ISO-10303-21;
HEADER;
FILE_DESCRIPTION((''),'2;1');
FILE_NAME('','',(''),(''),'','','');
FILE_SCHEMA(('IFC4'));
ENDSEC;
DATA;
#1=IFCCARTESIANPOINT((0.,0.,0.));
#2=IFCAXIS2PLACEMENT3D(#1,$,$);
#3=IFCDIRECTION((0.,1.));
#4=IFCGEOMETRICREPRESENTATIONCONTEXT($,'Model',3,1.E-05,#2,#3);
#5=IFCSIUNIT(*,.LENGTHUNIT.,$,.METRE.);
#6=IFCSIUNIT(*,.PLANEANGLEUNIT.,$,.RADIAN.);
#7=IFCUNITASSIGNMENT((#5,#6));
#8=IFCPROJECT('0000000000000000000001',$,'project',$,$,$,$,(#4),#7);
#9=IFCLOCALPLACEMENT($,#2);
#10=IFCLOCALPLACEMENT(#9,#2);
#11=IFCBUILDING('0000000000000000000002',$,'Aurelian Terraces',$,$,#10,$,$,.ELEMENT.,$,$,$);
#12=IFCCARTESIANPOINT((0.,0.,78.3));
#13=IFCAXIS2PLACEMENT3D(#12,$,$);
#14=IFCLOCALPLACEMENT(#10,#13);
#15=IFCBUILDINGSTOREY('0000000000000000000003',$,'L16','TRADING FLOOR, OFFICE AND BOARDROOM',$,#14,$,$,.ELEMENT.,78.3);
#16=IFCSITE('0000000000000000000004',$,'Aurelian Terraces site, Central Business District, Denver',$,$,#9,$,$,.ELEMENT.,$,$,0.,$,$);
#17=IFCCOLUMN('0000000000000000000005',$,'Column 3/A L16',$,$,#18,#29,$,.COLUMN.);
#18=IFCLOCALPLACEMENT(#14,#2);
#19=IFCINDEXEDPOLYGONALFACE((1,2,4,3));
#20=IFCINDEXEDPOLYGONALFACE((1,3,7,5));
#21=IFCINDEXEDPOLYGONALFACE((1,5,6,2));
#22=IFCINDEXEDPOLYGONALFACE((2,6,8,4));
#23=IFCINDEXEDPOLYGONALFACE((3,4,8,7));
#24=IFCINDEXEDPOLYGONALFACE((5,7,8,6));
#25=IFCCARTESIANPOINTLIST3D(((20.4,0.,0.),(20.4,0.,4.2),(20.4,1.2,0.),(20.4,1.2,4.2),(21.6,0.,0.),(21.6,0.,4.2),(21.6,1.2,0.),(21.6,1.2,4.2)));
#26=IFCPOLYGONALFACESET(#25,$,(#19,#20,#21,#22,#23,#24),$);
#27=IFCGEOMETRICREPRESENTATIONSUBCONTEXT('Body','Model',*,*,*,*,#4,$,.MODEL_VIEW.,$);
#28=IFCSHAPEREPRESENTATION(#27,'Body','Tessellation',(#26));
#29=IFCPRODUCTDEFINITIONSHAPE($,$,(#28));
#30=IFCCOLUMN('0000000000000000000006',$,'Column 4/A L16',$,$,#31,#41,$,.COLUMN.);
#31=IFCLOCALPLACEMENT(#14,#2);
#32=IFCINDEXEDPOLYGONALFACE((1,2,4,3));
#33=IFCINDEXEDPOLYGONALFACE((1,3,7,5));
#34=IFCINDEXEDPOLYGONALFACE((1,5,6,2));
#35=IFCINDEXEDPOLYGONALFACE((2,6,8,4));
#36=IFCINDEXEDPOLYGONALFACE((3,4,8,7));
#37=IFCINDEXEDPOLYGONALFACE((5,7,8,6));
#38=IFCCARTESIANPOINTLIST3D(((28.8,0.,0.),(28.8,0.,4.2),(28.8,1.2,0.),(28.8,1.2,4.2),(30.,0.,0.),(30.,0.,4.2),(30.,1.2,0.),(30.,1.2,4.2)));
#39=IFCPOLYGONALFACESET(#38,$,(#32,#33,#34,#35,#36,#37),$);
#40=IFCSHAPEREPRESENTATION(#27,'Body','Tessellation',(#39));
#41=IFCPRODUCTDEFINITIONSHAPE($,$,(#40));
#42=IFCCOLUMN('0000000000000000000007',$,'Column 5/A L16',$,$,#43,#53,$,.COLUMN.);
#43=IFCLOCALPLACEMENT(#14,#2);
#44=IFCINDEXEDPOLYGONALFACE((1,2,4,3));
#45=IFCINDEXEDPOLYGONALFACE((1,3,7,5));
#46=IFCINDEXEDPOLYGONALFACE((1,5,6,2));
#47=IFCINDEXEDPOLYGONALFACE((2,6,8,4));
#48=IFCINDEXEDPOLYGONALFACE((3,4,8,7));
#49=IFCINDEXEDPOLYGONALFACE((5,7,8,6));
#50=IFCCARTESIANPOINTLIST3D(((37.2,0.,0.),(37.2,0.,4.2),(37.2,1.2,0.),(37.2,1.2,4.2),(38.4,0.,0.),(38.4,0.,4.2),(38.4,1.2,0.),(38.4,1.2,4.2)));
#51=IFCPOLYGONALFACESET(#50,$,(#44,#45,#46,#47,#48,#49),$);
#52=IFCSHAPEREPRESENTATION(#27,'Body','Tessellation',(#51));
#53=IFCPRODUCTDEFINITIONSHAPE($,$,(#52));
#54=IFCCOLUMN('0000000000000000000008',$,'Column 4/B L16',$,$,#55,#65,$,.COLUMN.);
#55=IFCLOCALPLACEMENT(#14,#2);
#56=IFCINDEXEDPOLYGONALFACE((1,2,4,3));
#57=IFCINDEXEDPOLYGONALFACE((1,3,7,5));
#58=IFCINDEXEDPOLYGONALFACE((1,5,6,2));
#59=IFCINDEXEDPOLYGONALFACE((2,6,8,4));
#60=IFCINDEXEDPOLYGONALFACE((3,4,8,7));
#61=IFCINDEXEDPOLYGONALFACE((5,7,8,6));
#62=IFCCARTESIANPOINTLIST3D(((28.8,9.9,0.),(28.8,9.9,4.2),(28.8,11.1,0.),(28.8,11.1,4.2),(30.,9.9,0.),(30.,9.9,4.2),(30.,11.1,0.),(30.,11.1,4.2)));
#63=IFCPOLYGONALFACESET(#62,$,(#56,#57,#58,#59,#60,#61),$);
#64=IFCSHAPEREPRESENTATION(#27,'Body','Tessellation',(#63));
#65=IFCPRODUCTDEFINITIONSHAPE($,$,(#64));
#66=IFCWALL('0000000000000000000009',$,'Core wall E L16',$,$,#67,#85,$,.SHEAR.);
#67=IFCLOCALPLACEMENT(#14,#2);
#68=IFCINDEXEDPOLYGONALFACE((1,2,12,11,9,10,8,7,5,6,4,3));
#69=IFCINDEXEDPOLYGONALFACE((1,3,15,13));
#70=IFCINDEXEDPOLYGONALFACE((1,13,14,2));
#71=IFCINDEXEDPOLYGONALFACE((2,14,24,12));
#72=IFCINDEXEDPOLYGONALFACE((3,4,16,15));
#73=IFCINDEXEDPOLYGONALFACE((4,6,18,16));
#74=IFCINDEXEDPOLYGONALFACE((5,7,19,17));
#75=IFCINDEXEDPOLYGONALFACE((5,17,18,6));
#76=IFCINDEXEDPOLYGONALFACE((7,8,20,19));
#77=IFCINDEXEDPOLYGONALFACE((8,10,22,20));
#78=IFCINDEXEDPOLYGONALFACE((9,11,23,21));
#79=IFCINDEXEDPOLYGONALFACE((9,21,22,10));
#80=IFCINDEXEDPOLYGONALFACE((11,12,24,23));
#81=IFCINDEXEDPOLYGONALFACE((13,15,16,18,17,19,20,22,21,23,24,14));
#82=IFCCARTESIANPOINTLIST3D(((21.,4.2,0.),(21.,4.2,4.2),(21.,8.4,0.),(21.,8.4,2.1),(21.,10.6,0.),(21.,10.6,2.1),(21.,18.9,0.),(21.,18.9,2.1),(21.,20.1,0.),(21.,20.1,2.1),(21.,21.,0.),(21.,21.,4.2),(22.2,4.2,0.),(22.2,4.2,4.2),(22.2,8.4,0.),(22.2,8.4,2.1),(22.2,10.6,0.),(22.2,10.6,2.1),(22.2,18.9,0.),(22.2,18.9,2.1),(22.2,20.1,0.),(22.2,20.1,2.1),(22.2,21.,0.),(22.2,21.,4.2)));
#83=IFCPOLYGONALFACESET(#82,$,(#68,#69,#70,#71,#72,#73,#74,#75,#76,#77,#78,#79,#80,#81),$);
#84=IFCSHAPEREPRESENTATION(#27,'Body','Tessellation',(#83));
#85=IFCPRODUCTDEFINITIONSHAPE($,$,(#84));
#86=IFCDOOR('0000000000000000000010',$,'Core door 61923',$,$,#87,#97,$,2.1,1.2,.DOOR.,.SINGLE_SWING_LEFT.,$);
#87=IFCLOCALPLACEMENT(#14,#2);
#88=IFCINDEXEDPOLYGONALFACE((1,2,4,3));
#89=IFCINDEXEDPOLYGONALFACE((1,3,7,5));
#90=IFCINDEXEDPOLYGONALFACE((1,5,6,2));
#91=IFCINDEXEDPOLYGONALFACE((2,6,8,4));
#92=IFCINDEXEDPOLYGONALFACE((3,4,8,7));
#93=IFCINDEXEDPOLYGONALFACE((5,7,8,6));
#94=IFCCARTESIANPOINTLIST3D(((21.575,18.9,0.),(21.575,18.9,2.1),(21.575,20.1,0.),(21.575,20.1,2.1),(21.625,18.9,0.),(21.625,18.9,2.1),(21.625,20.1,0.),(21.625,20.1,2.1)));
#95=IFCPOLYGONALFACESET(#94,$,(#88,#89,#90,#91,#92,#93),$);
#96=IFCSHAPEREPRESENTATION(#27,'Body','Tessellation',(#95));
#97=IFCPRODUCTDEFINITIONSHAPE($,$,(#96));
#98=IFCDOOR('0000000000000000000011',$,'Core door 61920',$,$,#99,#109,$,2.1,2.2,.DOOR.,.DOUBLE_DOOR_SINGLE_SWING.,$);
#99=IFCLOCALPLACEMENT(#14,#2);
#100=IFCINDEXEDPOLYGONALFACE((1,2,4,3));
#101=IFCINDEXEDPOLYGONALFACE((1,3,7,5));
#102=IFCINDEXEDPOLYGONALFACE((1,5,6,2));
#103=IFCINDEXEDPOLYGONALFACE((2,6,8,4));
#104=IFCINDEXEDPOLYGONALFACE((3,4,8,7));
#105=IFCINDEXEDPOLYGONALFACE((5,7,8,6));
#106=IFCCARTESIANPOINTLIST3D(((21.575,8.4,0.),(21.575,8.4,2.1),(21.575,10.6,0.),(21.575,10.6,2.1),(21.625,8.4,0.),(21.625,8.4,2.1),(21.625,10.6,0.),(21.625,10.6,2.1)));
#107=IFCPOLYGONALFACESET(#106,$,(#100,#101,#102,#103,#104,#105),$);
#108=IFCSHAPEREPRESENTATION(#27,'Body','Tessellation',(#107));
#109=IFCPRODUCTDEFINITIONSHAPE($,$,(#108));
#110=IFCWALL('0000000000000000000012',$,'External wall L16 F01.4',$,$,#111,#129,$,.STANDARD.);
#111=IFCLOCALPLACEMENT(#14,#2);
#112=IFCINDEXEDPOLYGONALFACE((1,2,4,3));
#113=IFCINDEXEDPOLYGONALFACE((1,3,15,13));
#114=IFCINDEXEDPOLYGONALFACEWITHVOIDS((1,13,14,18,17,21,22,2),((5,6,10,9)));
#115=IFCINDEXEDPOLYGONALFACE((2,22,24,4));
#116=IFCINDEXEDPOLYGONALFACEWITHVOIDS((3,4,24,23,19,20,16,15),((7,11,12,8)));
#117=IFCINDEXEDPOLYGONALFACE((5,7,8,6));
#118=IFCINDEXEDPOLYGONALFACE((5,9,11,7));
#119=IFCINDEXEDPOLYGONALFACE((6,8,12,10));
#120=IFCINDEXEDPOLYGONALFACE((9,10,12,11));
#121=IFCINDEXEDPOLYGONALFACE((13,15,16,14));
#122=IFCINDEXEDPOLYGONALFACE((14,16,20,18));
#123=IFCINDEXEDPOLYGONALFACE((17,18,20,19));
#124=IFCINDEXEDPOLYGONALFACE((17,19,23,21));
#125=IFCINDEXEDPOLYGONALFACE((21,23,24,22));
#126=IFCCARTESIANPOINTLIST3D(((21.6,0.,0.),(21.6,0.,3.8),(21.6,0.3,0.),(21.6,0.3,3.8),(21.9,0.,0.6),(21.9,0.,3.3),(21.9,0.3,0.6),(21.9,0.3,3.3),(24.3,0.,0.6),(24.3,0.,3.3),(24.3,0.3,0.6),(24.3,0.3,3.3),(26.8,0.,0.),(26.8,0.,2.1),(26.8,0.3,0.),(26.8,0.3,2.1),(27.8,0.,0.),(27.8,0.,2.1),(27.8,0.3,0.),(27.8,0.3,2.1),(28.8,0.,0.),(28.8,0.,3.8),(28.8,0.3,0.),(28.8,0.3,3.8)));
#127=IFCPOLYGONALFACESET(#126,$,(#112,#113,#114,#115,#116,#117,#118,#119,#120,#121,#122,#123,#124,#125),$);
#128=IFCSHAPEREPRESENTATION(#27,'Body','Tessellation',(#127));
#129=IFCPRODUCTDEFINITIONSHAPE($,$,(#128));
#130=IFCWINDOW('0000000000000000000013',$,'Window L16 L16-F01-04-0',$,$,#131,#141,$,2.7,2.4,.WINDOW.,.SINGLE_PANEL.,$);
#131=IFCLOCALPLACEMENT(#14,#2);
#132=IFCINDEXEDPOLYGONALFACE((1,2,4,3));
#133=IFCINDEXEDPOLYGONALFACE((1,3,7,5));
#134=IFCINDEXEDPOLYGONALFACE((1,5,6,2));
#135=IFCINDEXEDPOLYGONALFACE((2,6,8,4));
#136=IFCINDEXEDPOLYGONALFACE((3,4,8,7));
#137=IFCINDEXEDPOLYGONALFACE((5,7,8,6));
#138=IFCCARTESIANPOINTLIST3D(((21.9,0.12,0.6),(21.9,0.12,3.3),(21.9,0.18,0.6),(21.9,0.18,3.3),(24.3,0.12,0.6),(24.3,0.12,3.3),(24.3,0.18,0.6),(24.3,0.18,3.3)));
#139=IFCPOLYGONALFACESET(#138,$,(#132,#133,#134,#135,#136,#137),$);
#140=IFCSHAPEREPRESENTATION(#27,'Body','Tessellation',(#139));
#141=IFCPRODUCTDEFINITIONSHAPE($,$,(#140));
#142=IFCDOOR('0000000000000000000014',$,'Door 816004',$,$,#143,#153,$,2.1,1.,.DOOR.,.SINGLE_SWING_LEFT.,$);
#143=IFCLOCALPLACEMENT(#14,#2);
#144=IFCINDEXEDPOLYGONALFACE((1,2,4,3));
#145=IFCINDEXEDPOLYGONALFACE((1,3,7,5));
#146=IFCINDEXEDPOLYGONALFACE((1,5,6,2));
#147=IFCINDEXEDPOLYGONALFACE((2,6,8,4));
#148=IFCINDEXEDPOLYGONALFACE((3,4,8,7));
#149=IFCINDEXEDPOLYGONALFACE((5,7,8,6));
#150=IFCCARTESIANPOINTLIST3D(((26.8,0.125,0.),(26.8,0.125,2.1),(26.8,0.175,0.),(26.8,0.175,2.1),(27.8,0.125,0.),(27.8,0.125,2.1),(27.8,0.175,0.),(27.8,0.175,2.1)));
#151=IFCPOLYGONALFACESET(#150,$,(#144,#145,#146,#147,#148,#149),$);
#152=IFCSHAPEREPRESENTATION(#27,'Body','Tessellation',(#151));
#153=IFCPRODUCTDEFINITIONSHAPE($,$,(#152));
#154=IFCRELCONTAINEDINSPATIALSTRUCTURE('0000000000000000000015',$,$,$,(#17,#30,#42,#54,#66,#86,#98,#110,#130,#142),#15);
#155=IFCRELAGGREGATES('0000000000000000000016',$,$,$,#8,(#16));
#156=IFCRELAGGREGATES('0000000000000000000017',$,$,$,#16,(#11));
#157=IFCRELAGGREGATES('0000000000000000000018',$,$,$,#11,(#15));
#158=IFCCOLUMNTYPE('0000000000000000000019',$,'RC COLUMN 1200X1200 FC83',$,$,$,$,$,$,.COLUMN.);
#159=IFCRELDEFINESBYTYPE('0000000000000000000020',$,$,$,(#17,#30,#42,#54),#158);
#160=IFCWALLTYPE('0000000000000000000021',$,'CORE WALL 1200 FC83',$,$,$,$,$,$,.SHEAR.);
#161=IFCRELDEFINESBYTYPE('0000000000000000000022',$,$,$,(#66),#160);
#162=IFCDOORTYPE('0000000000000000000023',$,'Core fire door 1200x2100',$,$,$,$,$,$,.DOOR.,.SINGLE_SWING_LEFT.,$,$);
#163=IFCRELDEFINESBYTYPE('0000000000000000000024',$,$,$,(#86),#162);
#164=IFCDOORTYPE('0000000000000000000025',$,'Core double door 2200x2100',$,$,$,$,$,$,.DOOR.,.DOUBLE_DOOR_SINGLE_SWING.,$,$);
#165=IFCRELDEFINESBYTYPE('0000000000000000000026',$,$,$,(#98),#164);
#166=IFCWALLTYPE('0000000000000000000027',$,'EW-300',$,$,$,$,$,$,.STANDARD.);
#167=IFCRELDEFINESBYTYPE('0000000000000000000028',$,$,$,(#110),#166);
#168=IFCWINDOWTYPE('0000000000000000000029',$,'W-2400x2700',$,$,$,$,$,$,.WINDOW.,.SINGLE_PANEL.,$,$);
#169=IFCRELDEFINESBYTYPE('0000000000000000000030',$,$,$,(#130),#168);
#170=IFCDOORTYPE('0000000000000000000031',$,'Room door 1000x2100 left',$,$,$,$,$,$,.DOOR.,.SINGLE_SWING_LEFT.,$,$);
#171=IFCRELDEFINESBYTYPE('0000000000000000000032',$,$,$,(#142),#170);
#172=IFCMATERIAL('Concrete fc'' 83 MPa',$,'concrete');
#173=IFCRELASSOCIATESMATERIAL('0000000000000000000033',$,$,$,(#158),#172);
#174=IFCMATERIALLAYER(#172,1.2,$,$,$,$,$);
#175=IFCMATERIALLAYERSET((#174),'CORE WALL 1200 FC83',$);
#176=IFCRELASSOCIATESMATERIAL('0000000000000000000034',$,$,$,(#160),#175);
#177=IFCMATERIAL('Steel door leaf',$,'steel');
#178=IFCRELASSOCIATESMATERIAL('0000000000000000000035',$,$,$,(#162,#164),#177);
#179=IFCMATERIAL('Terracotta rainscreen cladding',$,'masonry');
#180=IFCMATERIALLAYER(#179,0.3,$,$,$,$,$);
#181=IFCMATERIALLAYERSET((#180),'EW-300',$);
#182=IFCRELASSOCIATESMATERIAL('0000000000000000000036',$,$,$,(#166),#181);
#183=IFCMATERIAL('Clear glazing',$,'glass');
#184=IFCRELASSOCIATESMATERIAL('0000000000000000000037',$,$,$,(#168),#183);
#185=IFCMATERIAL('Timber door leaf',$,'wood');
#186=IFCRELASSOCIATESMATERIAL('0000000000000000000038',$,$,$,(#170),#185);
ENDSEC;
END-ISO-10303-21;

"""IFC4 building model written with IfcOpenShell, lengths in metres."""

from ifc_helpers import new_model, si_unit, direction, frame, frame_2d, origin, origin_2d, place, context, subcontext, project, spatial, rectangle, extrude, source, transform, mapped, material, layer, layer_set, material_profile, profile_set, type_object, element, fill, save


model = new_model("IFC4")

# Units and contexts
model_context = context("Model", 3, precision=1e-05, world=origin(), true_north=direction((0.0, 1.0)))
body_context = subcontext(model_context, "Body", "Model", "MODEL_VIEW")
ifc_project = project(units=[si_unit("LENGTHUNIT", "METRE"), si_unit("PLANEANGLEUNIT", "RADIAN")], contexts=[model_context])

# Site, building, storey
site_placement = place(None, origin())
site = spatial("IfcSite", under=ifc_project, at=site_placement, Name="Aurelian Terraces site, Central Business District, Denver", CompositionType="ELEMENT", RefElevation=0.0)
building_placement = place(site_placement, origin())
building = spatial("IfcBuilding", under=site, at=building_placement, Name="Aurelian Terraces", CompositionType="ELEMENT")
storey_placement = place(building_placement, frame((0.0, 0.0, 78.3)))
storey = spatial("IfcBuildingStorey", under=building, at=storey_placement, Name="L16", Description="TRADING FLOOR, OFFICE AND BOARDROOM", CompositionType="ELEMENT", Elevation=78.3)

# Columns
ifc_material_1 = material(Name="Concrete fc' 83 MPa", Category="concrete")
ifc_material_profile = material_profile(ifc_material_1, rectangle(XDim=1.2, YDim=1.2, at=origin_2d()))
ifc_profile_set = profile_set([ifc_material_profile], Name="Concrete fc' 83 MPa")
column_type = type_object("IfcColumnType", Name="RC COLUMN 1200X1200 FC83", PredefinedType="COLUMN", material=ifc_profile_set)
shared_shape_1 = source(origin(), body_context, "Body", "SweptSolid", [
    extrude(rectangle(XDim=1.2, YDim=1.2, at=origin_2d()), origin(), (0.0, 0.0, 1.0), 4.2),
])
for number, where, z_axis, x_axis, name in (
    (1, (21.0, 0.6, 0.0), (0.0, 0.0, 1.0), (1.0, 0.0, 0.0), "Column 3/A L16"),
    (2, (29.4, 0.6, 0.0), (0.0, 0.0, 1.0), (1.0, 0.0, 0.0), "Column 4/A L16"),
    (3, (37.8, 0.6, 0.0), (0.0, 0.0, 1.0), (1.0, 0.0, 0.0), "Column 5/A L16"),
    (4, (29.4, 10.5, 0.0), (0.0, 0.0, 1.0), (1.0, 0.0, 0.0), "Column 4/B L16"),
):
    element("IfcColumn", number, at=place(storey_placement, frame(where, z_axis=z_axis, x_axis=x_axis)), inside=storey, type_object=column_type, Name=name, PredefinedType="COLUMN", context=body_context, shape_type="MappedRepresentation", body=[
        mapped(shared_shape_1, transform((0.0, 0.0, 0.0), scale=1.0)),
    ])

# Wall, openings, doors
ifc_layer_1 = layer(ifc_material_1, 1.2)
ifc_layer_set_1 = layer_set([ifc_layer_1], Name="CORE WALL 1200 FC83")
wall_type_1 = type_object("IfcWallType", Name="CORE WALL 1200 FC83", PredefinedType="SHEAR", material=ifc_layer_set_1)
shared_shape_2 = source(origin(), body_context, "Body", "SweptSolid", [
    extrude(rectangle(XDim=16.8, YDim=1.2, at=frame_2d((8.4, 0.0))), origin(), (0.0, 0.0, 1.0), 4.2),
])
wall_1_placement = place(storey_placement, frame((21.6, 4.2, 0.0), z_axis=(0.0, 0.0, 1.0), x_axis=(0.0, 1.0, 0.0)))
wall_1 = element("IfcWall", 5, at=wall_1_placement, inside=storey, type_object=wall_type_1, Name="Core wall E L16", PredefinedType="SHEAR", context=body_context, shape_type="MappedRepresentation", body=[
    mapped(shared_shape_2, transform((0.0, 0.0, 0.0), scale=1.0)),
])
shared_shape_3 = source(origin(), body_context, "Body", "SweptSolid", [
    extrude(rectangle(XDim=2.2, YDim=2.1, at=frame_2d((1.1, 1.05))), frame((0.0, 0.61, 0.0), z_axis=(0.0, -1.0, 0.0), x_axis=(1.0, 0.0, 0.0)), (0.0, 0.0, 1.0), 1.22),
])
opening_1_placement = place(wall_1_placement, frame((4.2, 0.0, 0.0)))
opening_1 = element("IfcOpeningElement", 6, at=opening_1_placement, cuts=wall_1, PredefinedType="OPENING", context=body_context, shape_type="MappedRepresentation", body=[
    mapped(shared_shape_3, transform((0.0, 0.0, 0.0), scale=1.0)),
])
shared_shape_4 = source(origin(), body_context, "Body", "SweptSolid", [
    extrude(rectangle(XDim=1.2, YDim=2.1, at=frame_2d((0.6, 1.05))), frame((0.0, 0.61, 0.0), z_axis=(0.0, -1.0, 0.0), x_axis=(1.0, 0.0, 0.0)), (0.0, 0.0, 1.0), 1.22),
])
opening_2_placement = place(wall_1_placement, frame((14.7, 0.0, 0.0)))
opening_2 = element("IfcOpeningElement", 7, at=opening_2_placement, cuts=wall_1, PredefinedType="OPENING", context=body_context, shape_type="MappedRepresentation", body=[
    mapped(shared_shape_4, transform((0.0, 0.0, 0.0), scale=1.0)),
])
ifc_material_2 = material(Name="Steel door leaf", Category="steel")
door_type_1 = type_object("IfcDoorType", Name="Core fire door 1200x2100", OperationType="SINGLE_SWING_LEFT", PredefinedType="DOOR", material=ifc_material_2)
shared_shape_5 = source(origin(), body_context, "Body", "SweptSolid", [
    extrude(rectangle(XDim=1.2, YDim=2.1, at=frame_2d((0.6, 1.05))), frame((0.0, 0.025, 0.0), z_axis=(0.0, -1.0, 0.0), x_axis=(1.0, 0.0, 0.0)), (0.0, 0.0, 1.0), 0.05),
])
door_1_placement = place(opening_2_placement, origin())
door_1 = element("IfcDoor", 8, at=door_1_placement, inside=storey, type_object=door_type_1, Name="Core door 61923", OperationType="SINGLE_SWING_LEFT", OverallHeight=2.1, OverallWidth=1.2, PredefinedType="DOOR", context=body_context, shape_type="MappedRepresentation", body=[
    mapped(shared_shape_5, transform((0.0, 0.0, 0.0), scale=1.0)),
])
fill(opening_2, door_1)
door_type_2 = type_object("IfcDoorType", Name="Core double door 2200x2100", OperationType="DOUBLE_DOOR_SINGLE_SWING", PredefinedType="DOOR", material=ifc_material_2)
shared_shape_6 = source(origin(), body_context, "Body", "SweptSolid", [
    extrude(rectangle(XDim=2.2, YDim=2.1, at=frame_2d((1.1, 1.05))), frame((0.0, 0.025, 0.0), z_axis=(0.0, -1.0, 0.0), x_axis=(1.0, 0.0, 0.0)), (0.0, 0.0, 1.0), 0.05),
])
door_2_placement = place(opening_1_placement, origin())
door_2 = element("IfcDoor", 9, at=door_2_placement, inside=storey, type_object=door_type_2, Name="Core door 61920", OperationType="DOUBLE_DOOR_SINGLE_SWING", OverallHeight=2.1, OverallWidth=2.2, PredefinedType="DOOR", context=body_context, shape_type="MappedRepresentation", body=[
    mapped(shared_shape_6, transform((0.0, 0.0, 0.0), scale=1.0)),
])
fill(opening_1, door_2)

# Wall, openings, window, door
ifc_material_3 = material(Name="Terracotta rainscreen cladding", Category="masonry")
ifc_layer_2 = layer(ifc_material_3, 0.3)
ifc_layer_set_2 = layer_set([ifc_layer_2], Name="EW-300")
wall_type_2 = type_object("IfcWallType", Name="EW-300", PredefinedType="STANDARD", material=ifc_layer_set_2)
shared_shape_7 = source(origin(), body_context, "Body", "SweptSolid", [
    extrude(rectangle(XDim=7.2, YDim=0.3, at=frame_2d((3.6, 0.0))), origin(), (0.0, 0.0, 1.0), 3.8),
])
wall_2_placement = place(storey_placement, frame((21.6, 0.15, 0.0), z_axis=(0.0, 0.0, 1.0), x_axis=(1.0, 0.0, 0.0)))
wall_2 = element("IfcWall", 10, at=wall_2_placement, inside=storey, type_object=wall_type_2, Name="External wall L16 F01.4", PredefinedType="STANDARD", context=body_context, shape_type="MappedRepresentation", body=[
    mapped(shared_shape_7, transform((0.0, 0.0, 0.0), scale=1.0)),
])
shared_shape_8 = source(origin(), body_context, "Body", "SweptSolid", [
    extrude(rectangle(XDim=2.4, YDim=2.7, at=frame_2d((1.2, 1.35))), frame((0.0, 0.16, 0.0), z_axis=(0.0, -1.0, 0.0), x_axis=(1.0, 0.0, 0.0)), (0.0, 0.0, 1.0), 0.32),
])
opening_3_placement = place(wall_2_placement, frame((0.3, 0.0, 0.6)))
opening_3 = element("IfcOpeningElement", 11, at=opening_3_placement, cuts=wall_2, PredefinedType="OPENING", context=body_context, shape_type="MappedRepresentation", body=[
    mapped(shared_shape_8, transform((0.0, 0.0, 0.0), scale=1.0)),
])
shared_shape_9 = source(origin(), body_context, "Body", "SweptSolid", [
    extrude(rectangle(XDim=1.0, YDim=2.1, at=frame_2d((0.5, 1.05))), frame((0.0, 0.16, 0.0), z_axis=(0.0, -1.0, 0.0), x_axis=(1.0, 0.0, 0.0)), (0.0, 0.0, 1.0), 0.32),
])
opening_4_placement = place(wall_2_placement, frame((5.2, 0.0, 0.0)))
opening_4 = element("IfcOpeningElement", 12, at=opening_4_placement, cuts=wall_2, PredefinedType="OPENING", context=body_context, shape_type="MappedRepresentation", body=[
    mapped(shared_shape_9, transform((0.0, 0.0, 0.0), scale=1.0)),
])
ifc_material_4 = material(Name="Clear glazing", Category="glass")
window_type_1 = type_object("IfcWindowType", Name="W-2400x2700", PartitioningType="SINGLE_PANEL", PredefinedType="WINDOW", material=ifc_material_4)
shared_shape_10 = source(origin(), body_context, "Body", "SweptSolid", [
    extrude(rectangle(XDim=2.4, YDim=2.7, at=frame_2d((1.2, 1.35))), frame((0.0, 0.03, 0.0), z_axis=(0.0, -1.0, 0.0), x_axis=(1.0, 0.0, 0.0)), (0.0, 0.0, 1.0), 0.06),
])
window_1_placement = place(opening_3_placement, origin())
window_1 = element("IfcWindow", 13, at=window_1_placement, inside=storey, type_object=window_type_1, Name="Window L16 L16-F01-04-0", OverallHeight=2.7, OverallWidth=2.4, PartitioningType="SINGLE_PANEL", PredefinedType="WINDOW", context=body_context, shape_type="MappedRepresentation", body=[
    mapped(shared_shape_10, transform((0.0, 0.0, 0.0), scale=1.0)),
])
fill(opening_3, window_1)
ifc_material_5 = material(Name="Timber door leaf", Category="wood")
door_type_3 = type_object("IfcDoorType", Name="Room door 1000x2100 left", OperationType="SINGLE_SWING_LEFT", PredefinedType="DOOR", material=ifc_material_5)
shared_shape_11 = source(origin(), body_context, "Body", "SweptSolid", [
    extrude(rectangle(XDim=1.0, YDim=2.1, at=frame_2d((0.5, 1.05))), frame((0.0, 0.025, 0.0), z_axis=(0.0, -1.0, 0.0), x_axis=(1.0, 0.0, 0.0)), (0.0, 0.0, 1.0), 0.05),
])
door_3_placement = place(opening_4_placement, origin())
door_3 = element("IfcDoor", 14, at=door_3_placement, inside=storey, type_object=door_type_3, Name="Door 816004", OperationType="SINGLE_SWING_LEFT", OverallHeight=2.1, OverallWidth=1.0, PredefinedType="DOOR", context=body_context, shape_type="MappedRepresentation", body=[
    mapped(shared_shape_11, transform((0.0, 0.0, 0.0), scale=1.0)),
])
fill(opening_4, door_3)

save(model, "model.ifc")
